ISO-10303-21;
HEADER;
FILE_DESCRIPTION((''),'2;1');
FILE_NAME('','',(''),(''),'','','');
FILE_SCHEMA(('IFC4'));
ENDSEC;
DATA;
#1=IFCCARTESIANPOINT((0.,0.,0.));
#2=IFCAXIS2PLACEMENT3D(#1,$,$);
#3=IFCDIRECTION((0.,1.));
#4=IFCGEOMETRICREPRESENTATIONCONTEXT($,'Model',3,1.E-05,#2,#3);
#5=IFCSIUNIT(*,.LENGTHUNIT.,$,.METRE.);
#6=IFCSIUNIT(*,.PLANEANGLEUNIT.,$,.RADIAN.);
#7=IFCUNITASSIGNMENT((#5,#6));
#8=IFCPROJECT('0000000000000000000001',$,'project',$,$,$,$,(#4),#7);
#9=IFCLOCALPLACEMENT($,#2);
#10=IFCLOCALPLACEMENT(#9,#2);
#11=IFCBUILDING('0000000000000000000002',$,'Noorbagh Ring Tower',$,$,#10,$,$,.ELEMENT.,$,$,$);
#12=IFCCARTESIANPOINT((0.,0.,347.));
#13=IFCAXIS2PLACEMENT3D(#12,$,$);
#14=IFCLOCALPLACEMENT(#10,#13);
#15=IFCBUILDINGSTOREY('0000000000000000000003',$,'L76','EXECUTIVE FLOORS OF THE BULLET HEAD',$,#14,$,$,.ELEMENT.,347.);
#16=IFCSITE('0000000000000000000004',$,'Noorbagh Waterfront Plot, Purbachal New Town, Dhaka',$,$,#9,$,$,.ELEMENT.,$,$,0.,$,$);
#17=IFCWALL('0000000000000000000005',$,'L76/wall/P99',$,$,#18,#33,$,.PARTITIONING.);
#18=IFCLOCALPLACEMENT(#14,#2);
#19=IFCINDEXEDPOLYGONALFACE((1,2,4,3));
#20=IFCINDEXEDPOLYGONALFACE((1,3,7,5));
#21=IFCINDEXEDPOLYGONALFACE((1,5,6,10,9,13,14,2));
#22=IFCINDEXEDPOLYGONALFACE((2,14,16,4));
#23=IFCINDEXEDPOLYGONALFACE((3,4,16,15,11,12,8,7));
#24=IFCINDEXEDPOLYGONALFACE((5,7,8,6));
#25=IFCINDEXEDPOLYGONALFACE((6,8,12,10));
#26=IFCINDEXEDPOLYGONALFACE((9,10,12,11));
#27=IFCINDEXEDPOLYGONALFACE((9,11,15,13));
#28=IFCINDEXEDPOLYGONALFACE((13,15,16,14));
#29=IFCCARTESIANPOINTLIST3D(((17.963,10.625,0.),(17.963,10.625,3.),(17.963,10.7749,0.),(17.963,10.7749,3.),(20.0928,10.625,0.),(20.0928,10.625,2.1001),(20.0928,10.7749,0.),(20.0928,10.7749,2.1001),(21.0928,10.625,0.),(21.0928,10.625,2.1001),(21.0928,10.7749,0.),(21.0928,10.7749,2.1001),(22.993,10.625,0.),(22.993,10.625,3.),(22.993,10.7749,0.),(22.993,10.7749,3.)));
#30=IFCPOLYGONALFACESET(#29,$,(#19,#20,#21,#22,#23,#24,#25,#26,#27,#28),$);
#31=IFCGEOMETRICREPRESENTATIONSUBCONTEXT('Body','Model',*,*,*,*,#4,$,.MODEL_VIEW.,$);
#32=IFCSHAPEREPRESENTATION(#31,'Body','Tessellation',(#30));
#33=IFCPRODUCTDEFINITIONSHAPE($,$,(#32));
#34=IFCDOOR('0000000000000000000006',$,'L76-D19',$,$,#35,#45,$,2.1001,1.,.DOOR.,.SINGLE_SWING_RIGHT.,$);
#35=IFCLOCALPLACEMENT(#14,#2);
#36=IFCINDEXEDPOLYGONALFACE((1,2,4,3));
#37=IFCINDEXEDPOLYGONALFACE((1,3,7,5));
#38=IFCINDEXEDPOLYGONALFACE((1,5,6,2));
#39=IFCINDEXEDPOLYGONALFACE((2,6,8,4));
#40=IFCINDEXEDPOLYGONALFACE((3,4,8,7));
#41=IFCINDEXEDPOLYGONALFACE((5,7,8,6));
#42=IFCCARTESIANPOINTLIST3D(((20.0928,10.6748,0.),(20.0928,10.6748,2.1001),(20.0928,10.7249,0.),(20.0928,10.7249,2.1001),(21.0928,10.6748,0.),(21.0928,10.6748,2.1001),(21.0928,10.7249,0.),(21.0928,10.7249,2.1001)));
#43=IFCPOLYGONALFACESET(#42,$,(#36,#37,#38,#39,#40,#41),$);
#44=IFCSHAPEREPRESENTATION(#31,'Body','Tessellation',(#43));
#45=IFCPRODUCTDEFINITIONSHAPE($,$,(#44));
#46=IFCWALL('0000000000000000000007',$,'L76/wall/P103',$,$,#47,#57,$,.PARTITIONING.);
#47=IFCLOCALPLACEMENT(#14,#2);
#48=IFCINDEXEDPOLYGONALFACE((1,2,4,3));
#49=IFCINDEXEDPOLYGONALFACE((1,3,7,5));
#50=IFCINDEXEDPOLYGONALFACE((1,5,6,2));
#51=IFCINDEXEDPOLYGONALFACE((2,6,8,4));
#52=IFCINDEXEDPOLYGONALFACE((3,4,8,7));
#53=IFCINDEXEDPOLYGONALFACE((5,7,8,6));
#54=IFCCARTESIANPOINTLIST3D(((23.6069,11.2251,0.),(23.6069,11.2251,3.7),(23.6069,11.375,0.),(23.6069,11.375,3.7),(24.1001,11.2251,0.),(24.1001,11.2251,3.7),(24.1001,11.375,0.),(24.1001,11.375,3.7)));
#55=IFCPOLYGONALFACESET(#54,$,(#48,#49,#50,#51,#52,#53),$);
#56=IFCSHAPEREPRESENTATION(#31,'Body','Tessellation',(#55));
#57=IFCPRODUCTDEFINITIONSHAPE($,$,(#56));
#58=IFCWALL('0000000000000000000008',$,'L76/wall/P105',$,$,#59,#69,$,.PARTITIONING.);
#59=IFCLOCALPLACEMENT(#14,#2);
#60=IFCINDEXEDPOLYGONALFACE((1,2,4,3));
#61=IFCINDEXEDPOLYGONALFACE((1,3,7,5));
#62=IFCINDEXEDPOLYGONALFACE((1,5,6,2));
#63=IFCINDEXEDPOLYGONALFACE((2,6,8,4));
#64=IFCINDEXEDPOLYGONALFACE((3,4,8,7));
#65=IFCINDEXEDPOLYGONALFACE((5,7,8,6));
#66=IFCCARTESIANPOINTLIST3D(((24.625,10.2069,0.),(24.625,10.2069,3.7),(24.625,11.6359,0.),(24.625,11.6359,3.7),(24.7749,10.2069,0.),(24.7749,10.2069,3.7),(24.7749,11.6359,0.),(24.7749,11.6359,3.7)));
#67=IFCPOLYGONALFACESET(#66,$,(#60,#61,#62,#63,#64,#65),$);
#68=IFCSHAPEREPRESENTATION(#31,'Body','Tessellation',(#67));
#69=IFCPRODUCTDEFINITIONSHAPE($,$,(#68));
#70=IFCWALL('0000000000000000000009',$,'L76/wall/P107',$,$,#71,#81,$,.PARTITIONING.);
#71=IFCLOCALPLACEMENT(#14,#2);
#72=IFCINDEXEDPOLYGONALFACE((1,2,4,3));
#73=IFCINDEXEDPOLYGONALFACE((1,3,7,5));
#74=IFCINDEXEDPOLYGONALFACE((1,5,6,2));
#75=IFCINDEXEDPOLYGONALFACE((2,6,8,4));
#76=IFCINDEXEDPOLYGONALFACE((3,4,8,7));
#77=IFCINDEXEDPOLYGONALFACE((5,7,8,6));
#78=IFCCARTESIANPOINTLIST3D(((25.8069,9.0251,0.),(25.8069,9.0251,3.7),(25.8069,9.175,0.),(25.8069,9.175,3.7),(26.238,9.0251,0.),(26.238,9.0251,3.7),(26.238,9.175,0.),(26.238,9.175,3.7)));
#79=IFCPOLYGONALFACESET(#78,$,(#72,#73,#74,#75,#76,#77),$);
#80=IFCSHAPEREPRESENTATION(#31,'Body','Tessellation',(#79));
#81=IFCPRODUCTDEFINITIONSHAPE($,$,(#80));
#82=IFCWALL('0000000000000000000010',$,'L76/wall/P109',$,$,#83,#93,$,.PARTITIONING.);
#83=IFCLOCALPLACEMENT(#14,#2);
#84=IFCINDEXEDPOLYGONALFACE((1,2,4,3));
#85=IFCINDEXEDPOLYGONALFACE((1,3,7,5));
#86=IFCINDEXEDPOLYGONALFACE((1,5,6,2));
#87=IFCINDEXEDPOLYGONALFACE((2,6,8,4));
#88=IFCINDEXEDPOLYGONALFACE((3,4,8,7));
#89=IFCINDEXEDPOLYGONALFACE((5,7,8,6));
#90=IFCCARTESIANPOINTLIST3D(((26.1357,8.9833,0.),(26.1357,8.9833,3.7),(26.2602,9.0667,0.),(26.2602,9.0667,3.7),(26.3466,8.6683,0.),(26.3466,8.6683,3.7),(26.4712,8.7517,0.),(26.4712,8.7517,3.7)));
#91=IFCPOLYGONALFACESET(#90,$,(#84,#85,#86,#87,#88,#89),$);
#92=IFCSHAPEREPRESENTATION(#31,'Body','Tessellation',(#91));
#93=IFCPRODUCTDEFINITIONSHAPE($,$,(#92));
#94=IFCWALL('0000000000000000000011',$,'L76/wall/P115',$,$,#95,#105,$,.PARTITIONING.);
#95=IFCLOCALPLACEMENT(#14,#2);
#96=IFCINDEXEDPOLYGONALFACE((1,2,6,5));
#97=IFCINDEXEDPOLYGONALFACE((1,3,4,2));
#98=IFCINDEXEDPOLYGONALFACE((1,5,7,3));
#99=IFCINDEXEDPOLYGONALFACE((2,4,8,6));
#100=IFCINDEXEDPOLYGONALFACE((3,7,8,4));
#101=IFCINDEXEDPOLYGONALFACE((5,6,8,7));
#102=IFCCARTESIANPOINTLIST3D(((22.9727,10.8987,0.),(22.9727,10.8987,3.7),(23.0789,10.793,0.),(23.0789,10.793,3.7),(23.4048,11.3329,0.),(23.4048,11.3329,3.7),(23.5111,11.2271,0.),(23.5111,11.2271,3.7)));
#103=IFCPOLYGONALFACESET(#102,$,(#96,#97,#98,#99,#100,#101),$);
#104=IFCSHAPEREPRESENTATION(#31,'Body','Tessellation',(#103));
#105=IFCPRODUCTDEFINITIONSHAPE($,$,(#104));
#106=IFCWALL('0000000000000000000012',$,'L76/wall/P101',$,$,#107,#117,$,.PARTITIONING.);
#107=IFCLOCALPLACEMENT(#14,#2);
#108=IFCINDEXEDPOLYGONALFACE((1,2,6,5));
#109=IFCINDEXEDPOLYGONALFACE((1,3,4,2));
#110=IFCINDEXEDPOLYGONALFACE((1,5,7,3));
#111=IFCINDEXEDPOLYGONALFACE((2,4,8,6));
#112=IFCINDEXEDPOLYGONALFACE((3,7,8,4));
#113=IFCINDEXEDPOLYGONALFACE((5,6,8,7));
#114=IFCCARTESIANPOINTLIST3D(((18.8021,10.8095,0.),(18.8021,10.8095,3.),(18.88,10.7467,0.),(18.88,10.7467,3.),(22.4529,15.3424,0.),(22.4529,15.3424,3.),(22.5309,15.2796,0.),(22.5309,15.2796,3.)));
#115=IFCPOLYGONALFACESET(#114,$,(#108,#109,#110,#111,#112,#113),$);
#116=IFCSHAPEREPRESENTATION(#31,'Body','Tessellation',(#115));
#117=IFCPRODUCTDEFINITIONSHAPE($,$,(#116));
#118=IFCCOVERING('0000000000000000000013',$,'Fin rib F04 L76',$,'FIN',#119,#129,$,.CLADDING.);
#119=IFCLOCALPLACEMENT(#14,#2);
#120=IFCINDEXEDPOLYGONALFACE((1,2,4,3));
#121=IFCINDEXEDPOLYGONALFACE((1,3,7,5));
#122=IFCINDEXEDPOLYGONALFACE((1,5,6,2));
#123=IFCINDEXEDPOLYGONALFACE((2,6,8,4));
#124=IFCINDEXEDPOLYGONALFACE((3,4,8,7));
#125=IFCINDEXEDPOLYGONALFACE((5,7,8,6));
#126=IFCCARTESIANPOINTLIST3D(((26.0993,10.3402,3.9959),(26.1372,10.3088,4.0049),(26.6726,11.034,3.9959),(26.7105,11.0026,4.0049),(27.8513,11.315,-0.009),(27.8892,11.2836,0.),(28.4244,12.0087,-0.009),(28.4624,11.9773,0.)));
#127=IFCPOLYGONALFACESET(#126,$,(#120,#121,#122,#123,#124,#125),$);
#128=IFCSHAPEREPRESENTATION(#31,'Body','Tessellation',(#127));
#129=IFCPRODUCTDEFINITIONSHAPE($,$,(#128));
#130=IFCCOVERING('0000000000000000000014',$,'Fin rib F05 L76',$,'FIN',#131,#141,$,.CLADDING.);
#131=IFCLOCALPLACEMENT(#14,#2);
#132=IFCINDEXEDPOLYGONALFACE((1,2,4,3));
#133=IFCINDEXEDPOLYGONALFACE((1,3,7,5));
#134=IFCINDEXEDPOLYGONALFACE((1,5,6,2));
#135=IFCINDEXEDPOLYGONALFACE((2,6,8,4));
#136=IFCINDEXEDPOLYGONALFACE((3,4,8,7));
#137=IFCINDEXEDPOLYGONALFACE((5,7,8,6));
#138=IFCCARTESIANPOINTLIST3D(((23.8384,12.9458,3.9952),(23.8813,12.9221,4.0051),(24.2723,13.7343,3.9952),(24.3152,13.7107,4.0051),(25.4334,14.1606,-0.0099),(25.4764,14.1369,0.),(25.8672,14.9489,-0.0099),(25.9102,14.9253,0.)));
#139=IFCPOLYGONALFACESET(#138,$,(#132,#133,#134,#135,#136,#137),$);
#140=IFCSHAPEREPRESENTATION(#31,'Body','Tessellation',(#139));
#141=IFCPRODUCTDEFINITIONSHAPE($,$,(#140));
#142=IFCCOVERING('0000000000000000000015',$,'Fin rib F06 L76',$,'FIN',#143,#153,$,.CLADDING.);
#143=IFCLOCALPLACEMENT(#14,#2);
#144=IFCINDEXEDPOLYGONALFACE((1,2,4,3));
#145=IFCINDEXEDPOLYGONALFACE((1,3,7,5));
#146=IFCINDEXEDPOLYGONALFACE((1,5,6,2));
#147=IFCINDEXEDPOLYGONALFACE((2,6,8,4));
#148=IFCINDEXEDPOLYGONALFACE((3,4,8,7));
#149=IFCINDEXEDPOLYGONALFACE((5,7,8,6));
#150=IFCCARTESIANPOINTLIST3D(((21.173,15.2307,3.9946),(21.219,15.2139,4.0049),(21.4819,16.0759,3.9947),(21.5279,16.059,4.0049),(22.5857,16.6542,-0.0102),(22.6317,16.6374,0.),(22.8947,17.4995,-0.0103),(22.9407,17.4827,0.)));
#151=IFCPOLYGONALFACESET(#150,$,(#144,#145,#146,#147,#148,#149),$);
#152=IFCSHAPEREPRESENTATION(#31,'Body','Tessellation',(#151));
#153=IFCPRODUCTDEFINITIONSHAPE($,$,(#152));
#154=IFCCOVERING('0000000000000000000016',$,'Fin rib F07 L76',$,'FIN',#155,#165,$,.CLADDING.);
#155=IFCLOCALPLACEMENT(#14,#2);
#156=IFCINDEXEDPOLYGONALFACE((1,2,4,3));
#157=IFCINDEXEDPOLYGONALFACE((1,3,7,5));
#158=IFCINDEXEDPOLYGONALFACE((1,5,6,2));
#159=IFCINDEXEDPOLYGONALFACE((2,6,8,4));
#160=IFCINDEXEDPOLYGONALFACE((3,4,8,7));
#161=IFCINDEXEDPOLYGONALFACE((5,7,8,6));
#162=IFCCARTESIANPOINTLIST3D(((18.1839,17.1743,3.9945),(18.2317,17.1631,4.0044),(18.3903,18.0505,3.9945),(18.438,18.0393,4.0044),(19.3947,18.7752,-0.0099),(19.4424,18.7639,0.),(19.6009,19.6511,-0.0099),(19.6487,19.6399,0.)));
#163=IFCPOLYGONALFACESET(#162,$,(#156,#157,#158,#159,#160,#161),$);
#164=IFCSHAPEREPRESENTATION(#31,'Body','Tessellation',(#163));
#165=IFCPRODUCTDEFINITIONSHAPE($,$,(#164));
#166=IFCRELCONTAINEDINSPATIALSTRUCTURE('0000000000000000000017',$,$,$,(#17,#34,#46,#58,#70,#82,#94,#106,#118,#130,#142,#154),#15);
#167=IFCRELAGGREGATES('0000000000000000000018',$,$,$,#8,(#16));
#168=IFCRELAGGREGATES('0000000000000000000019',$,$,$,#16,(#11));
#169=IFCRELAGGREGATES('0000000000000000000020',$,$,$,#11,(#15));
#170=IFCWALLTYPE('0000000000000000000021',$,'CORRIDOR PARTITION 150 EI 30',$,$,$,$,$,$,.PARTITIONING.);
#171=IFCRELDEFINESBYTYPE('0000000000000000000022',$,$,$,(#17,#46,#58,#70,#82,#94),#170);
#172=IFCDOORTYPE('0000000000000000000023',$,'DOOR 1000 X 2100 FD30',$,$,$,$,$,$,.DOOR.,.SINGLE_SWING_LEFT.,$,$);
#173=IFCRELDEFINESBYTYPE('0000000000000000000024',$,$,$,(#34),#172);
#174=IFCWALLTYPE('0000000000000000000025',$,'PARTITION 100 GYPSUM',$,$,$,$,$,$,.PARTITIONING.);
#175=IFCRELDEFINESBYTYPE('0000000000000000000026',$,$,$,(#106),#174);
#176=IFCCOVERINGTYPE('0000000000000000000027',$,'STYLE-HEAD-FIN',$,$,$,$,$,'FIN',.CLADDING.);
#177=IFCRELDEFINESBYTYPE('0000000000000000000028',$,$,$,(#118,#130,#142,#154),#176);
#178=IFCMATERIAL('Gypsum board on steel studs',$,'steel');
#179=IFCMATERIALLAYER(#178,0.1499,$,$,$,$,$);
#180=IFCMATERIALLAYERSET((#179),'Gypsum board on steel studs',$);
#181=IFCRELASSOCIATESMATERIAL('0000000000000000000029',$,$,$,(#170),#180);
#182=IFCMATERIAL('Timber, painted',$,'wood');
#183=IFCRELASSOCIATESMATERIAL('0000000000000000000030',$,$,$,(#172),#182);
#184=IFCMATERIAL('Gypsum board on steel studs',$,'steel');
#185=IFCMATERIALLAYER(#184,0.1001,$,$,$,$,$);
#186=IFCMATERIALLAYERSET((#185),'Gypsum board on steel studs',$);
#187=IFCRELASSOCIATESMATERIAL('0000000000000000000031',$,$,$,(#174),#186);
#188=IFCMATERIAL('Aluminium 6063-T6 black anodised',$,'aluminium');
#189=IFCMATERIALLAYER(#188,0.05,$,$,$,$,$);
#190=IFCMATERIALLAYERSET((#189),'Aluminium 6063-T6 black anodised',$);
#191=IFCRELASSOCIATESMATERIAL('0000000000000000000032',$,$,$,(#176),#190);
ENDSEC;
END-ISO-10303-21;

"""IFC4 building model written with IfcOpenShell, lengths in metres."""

from ifc_helpers import new_model, si_unit, direction, frame, frame_2d, origin, place, context, subcontext, project, spatial, polyline, rectangle, outline, extrude, material, layer, layer_set, type_object, element, fill, save


model = new_model("IFC4")

# Units and contexts
model_context = context("Model", 3, precision=1e-05, world=origin(), true_north=direction((0.0, 1.0)))
body_context = subcontext(model_context, "Body", "Model", "MODEL_VIEW")
ifc_project = project(units=[si_unit("LENGTHUNIT", "METRE"), si_unit("PLANEANGLEUNIT", "RADIAN")], contexts=[model_context])

# Site, building, storey
site_placement = place(None, origin())
site = spatial("IfcSite", under=ifc_project, at=site_placement, Name="Noorbagh Waterfront Plot, Purbachal New Town, Dhaka", CompositionType="ELEMENT", RefElevation=0.0)
building_placement = place(site_placement, origin())
building = spatial("IfcBuilding", under=site, at=building_placement, Name="Noorbagh Ring Tower", CompositionType="ELEMENT")
storey_placement = place(building_placement, frame((0.0, 0.0, 347.0)))
storey = spatial("IfcBuildingStorey", under=building, at=storey_placement, Name="L76", Description="EXECUTIVE FLOORS OF THE BULLET HEAD", CompositionType="ELEMENT", Elevation=347.0)

# Wall, opening, door
ifc_material_1 = material(Name="Gypsum board on steel studs", Category="steel")
ifc_layer_1 = layer(ifc_material_1, 0.1499)
ifc_layer_set_1 = layer_set([ifc_layer_1], Name="Gypsum board on steel studs")
wall_type_1 = type_object("IfcWallType", Name="CORRIDOR PARTITION 150 EI 30", PredefinedType="PARTITIONING", material=ifc_layer_set_1)
wall_1_placement = place(storey_placement, frame((17.9629, 10.7, 0.0), z_axis=(0.0, 0.0, 1.0), x_axis=(1.0, 0.0, 0.0)))
wall_1 = element("IfcWall", 1, at=wall_1_placement, inside=storey, type_object=wall_type_1, Name="L76/wall/P99", PredefinedType="PARTITIONING", context=body_context, shape_type="SweptSolid", body=[
    extrude(rectangle(XDim=5.03, YDim=0.1499, at=frame_2d((2.5151, 0.0))), origin(), (0.0, 0.0, 1.0), 3.0),
])
opening_placement = place(wall_1_placement, frame((2.1299, 0.0, 0.0)))
opening = element("IfcOpeningElement", 2, at=opening_placement, cuts=wall_1, PredefinedType="OPENING", context=body_context, shape_type="SweptSolid", body=[
    extrude(rectangle(XDim=1.0, YDim=2.1001, at=frame_2d((0.5, 1.05))), frame((0.0, 0.085, 0.0), z_axis=(0.0, -1.0, 0.0), x_axis=(1.0, 0.0, 0.0)), (0.0, 0.0, 1.0), 0.1699),
])
ifc_material_2 = material(Name="Timber, painted", Category="wood")
door_type = type_object("IfcDoorType", Name="DOOR 1000 X 2100 FD30", OperationType="SINGLE_SWING_LEFT", PredefinedType="DOOR", material=ifc_material_2)
door_placement = place(opening_placement, origin())
door = element("IfcDoor", 3, at=door_placement, inside=storey, type_object=door_type, Name="L76-D19", OperationType="SINGLE_SWING_RIGHT", OverallHeight=2.1001, OverallWidth=1.0, PredefinedType="DOOR", context=body_context, shape_type="SweptSolid", body=[
    extrude(rectangle(XDim=1.0, YDim=2.1001, at=frame_2d((0.5, 1.05))), frame((0.0, 0.0249, 0.0), z_axis=(0.0, -1.0, 0.0), x_axis=(1.0, 0.0, 0.0)), (0.0, 0.0, 1.0), 0.05),
])
fill(opening, door)

# Walls
wall_2_placement = place(storey_placement, frame((23.6069, 11.3, 0.0), z_axis=(0.0, 0.0, 1.0), x_axis=(1.0, 0.0, 0.0)))
element("IfcWall", 4, at=wall_2_placement, inside=storey, type_object=wall_type_1, Name="L76/wall/P103", PredefinedType="PARTITIONING", context=body_context, shape_type="SweptSolid", body=[
    extrude(rectangle(XDim=0.4932, YDim=0.1499, at=frame_2d((0.2466, 0.0))), origin(), (0.0, 0.0, 1.0), 3.7),
])
wall_3_placement = place(storey_placement, frame((24.7, 10.207, 0.0), z_axis=(0.0, 0.0, 1.0), x_axis=(0.0, 1.0, 0.0)))
element("IfcWall", 5, at=wall_3_placement, inside=storey, type_object=wall_type_1, Name="L76/wall/P105", PredefinedType="PARTITIONING", context=body_context, shape_type="SweptSolid", body=[
    extrude(rectangle(XDim=1.429, YDim=0.1499, at=frame_2d((0.7144, 0.0))), origin(), (0.0, 0.0, 1.0), 3.7),
])
wall_4_placement = place(storey_placement, frame((25.8069, 9.1001, 0.0), z_axis=(0.0, 0.0, 1.0), x_axis=(1.0, 0.0, 0.0)))
element("IfcWall", 6, at=wall_4_placement, inside=storey, type_object=wall_type_1, Name="L76/wall/P107", PredefinedType="PARTITIONING", context=body_context, shape_type="SweptSolid", body=[
    extrude(rectangle(XDim=0.4312, YDim=0.1499, at=frame_2d((0.2156, 0.0))), origin(), (0.0, 0.0, 1.0), 3.7),
])
wall_5_placement = place(storey_placement, frame((26.198, 9.0249, 0.0), z_axis=(0.0, 0.0, 1.0), x_axis=(0.556483, -0.830859, 0.0)))
element("IfcWall", 7, at=wall_5_placement, inside=storey, type_object=wall_type_1, Name="L76/wall/P109", PredefinedType="PARTITIONING", context=body_context, shape_type="SweptSolid", body=[
    extrude(rectangle(XDim=0.3792, YDim=0.1499, at=frame_2d((0.1895, 0.0))), origin(), (0.0, 0.0, 1.0), 3.7),
])
wall_6_placement = place(storey_placement, frame((23.0259, 10.8459, 0.0), z_axis=(0.0, 0.0, 1.0), x_axis=(0.705511, 0.708699, 0.0)))
element("IfcWall", 8, at=wall_6_placement, inside=storey, type_object=wall_type_1, Name="L76/wall/P115", PredefinedType="PARTITIONING", context=body_context, shape_type="SweptSolid", body=[
    extrude(rectangle(XDim=0.6125, YDim=0.1499, at=frame_2d((0.3062, 0.0))), origin(), (0.0, 0.0, 1.0), 3.7),
])
ifc_material_3 = material(Name="Gypsum board on steel studs", Category="steel")
ifc_layer_2 = layer(ifc_material_3, 0.1001)
ifc_layer_set_2 = layer_set([ifc_layer_2], Name="Gypsum board on steel studs")
wall_type_2 = type_object("IfcWallType", Name="PARTITION 100 GYPSUM", PredefinedType="PARTITIONING", material=ifc_layer_set_2)
wall_7_placement = place(storey_placement, frame((18.8411, 10.7781, 0.0), z_axis=(0.0, 0.0, 1.0), x_axis=(0.62726, 0.77881, 0.0)))
element("IfcWall", 9, at=wall_7_placement, inside=storey, type_object=wall_type_2, Name="L76/wall/P101", PredefinedType="PARTITIONING", context=body_context, shape_type="SweptSolid", body=[
    extrude(rectangle(XDim=5.8203, YDim=0.1001, at=frame_2d((2.9102, 0.0))), origin(), (0.0, 0.0, 1.0), 3.0),
])

# Coverings
ifc_material_4 = material(Name="Aluminium 6063-T6 black anodised", Category="aluminium")
ifc_layer_3 = layer(ifc_material_4, 0.05)
ifc_layer_set_3 = layer_set([ifc_layer_3], Name="Aluminium 6063-T6 black anodised")
covering_type_1 = type_object("IfcCoveringType", Name="STYLE-HEAD-FIN", ElementType="FIN", PredefinedType="CLADDING", material=ifc_layer_set_3)
covering_1_placement = place(storey_placement, frame((28.4624, 11.9773, 0.0), z_axis=(0.758388, -0.626675, 0.179237), x_axis=(-0.391166, -0.217623, 0.89422)))
element("IfcCovering", 10, at=covering_1_placement, inside=storey, type_object=covering_type_1, Name="Fin rib F04 L76", ObjectType="FIN", PredefinedType="CLADDING", context=body_context, shape_type="SweptSolid", body=[
    extrude(outline(polyline([(0.0, 0.0), (4.4786, 0.0), (4.8539, 0.8181), (0.3752, 0.8179), (0.0, 0.0)])), origin(), (0.0, 0.0, -1.0), 0.05),
])
covering_2_placement = place(storey_placement, frame((25.9102, 14.9253, 0.0), z_axis=(0.858666, -0.472472, 0.198652), x_axis=(-0.356099, -0.271191, 0.894231)))
element("IfcCovering", 11, at=covering_2_placement, inside=storey, type_object=covering_type_1, Name="Fin rib F05 L76", ObjectType="FIN", PredefinedType="CLADDING", context=body_context, shape_type="SweptSolid", body=[
    extrude(outline(polyline([(0.0, 0.0), (4.4789, 0.0), (4.8472, 0.8212), (0.3683, 0.821), (0.0, 0.0)])), origin(), (0.0, 0.0, -1.0), 0.05),
])
covering_3_placement = place(storey_placement, frame((22.9407, 17.4827, 0.0), z_axis=(0.919303, -0.336042, 0.204833), x_axis=(-0.315411, -0.317841, 0.894144)))
element("IfcCovering", 12, at=covering_3_placement, inside=storey, type_object=covering_type_1, Name="Fin rib F06 L76", ObjectType="FIN", PredefinedType="CLADDING", context=body_context, shape_type="SweptSolid", body=[
    extrude(outline(polyline([(0.0, 0.0), (4.479, 0.0), (4.8451, 0.8221), (0.3661, 0.8221), (0.0, 0.0)])), origin(), (0.0, 0.0, -1.0), 0.05),
])
covering_4_placement = place(storey_placement, frame((19.6487, 19.6399, 0.0), z_axis=(0.953983, -0.224639, 0.198632), x_axis=(-0.270289, -0.357342, 0.894008)))
element("IfcCovering", 13, at=covering_4_placement, inside=storey, type_object=covering_type_1, Name="Fin rib F07 L76", ObjectType="FIN", PredefinedType="CLADDING", context=body_context, shape_type="SweptSolid", body=[
    extrude(outline(polyline([(0.0, 0.0), (4.4792, 0.0), (4.848, 0.8211), (0.3688, 0.8209), (0.0, 0.0)])), origin(), (0.0, 0.0, -1.0), 0.05),
])

save(model, "model.ifc")
